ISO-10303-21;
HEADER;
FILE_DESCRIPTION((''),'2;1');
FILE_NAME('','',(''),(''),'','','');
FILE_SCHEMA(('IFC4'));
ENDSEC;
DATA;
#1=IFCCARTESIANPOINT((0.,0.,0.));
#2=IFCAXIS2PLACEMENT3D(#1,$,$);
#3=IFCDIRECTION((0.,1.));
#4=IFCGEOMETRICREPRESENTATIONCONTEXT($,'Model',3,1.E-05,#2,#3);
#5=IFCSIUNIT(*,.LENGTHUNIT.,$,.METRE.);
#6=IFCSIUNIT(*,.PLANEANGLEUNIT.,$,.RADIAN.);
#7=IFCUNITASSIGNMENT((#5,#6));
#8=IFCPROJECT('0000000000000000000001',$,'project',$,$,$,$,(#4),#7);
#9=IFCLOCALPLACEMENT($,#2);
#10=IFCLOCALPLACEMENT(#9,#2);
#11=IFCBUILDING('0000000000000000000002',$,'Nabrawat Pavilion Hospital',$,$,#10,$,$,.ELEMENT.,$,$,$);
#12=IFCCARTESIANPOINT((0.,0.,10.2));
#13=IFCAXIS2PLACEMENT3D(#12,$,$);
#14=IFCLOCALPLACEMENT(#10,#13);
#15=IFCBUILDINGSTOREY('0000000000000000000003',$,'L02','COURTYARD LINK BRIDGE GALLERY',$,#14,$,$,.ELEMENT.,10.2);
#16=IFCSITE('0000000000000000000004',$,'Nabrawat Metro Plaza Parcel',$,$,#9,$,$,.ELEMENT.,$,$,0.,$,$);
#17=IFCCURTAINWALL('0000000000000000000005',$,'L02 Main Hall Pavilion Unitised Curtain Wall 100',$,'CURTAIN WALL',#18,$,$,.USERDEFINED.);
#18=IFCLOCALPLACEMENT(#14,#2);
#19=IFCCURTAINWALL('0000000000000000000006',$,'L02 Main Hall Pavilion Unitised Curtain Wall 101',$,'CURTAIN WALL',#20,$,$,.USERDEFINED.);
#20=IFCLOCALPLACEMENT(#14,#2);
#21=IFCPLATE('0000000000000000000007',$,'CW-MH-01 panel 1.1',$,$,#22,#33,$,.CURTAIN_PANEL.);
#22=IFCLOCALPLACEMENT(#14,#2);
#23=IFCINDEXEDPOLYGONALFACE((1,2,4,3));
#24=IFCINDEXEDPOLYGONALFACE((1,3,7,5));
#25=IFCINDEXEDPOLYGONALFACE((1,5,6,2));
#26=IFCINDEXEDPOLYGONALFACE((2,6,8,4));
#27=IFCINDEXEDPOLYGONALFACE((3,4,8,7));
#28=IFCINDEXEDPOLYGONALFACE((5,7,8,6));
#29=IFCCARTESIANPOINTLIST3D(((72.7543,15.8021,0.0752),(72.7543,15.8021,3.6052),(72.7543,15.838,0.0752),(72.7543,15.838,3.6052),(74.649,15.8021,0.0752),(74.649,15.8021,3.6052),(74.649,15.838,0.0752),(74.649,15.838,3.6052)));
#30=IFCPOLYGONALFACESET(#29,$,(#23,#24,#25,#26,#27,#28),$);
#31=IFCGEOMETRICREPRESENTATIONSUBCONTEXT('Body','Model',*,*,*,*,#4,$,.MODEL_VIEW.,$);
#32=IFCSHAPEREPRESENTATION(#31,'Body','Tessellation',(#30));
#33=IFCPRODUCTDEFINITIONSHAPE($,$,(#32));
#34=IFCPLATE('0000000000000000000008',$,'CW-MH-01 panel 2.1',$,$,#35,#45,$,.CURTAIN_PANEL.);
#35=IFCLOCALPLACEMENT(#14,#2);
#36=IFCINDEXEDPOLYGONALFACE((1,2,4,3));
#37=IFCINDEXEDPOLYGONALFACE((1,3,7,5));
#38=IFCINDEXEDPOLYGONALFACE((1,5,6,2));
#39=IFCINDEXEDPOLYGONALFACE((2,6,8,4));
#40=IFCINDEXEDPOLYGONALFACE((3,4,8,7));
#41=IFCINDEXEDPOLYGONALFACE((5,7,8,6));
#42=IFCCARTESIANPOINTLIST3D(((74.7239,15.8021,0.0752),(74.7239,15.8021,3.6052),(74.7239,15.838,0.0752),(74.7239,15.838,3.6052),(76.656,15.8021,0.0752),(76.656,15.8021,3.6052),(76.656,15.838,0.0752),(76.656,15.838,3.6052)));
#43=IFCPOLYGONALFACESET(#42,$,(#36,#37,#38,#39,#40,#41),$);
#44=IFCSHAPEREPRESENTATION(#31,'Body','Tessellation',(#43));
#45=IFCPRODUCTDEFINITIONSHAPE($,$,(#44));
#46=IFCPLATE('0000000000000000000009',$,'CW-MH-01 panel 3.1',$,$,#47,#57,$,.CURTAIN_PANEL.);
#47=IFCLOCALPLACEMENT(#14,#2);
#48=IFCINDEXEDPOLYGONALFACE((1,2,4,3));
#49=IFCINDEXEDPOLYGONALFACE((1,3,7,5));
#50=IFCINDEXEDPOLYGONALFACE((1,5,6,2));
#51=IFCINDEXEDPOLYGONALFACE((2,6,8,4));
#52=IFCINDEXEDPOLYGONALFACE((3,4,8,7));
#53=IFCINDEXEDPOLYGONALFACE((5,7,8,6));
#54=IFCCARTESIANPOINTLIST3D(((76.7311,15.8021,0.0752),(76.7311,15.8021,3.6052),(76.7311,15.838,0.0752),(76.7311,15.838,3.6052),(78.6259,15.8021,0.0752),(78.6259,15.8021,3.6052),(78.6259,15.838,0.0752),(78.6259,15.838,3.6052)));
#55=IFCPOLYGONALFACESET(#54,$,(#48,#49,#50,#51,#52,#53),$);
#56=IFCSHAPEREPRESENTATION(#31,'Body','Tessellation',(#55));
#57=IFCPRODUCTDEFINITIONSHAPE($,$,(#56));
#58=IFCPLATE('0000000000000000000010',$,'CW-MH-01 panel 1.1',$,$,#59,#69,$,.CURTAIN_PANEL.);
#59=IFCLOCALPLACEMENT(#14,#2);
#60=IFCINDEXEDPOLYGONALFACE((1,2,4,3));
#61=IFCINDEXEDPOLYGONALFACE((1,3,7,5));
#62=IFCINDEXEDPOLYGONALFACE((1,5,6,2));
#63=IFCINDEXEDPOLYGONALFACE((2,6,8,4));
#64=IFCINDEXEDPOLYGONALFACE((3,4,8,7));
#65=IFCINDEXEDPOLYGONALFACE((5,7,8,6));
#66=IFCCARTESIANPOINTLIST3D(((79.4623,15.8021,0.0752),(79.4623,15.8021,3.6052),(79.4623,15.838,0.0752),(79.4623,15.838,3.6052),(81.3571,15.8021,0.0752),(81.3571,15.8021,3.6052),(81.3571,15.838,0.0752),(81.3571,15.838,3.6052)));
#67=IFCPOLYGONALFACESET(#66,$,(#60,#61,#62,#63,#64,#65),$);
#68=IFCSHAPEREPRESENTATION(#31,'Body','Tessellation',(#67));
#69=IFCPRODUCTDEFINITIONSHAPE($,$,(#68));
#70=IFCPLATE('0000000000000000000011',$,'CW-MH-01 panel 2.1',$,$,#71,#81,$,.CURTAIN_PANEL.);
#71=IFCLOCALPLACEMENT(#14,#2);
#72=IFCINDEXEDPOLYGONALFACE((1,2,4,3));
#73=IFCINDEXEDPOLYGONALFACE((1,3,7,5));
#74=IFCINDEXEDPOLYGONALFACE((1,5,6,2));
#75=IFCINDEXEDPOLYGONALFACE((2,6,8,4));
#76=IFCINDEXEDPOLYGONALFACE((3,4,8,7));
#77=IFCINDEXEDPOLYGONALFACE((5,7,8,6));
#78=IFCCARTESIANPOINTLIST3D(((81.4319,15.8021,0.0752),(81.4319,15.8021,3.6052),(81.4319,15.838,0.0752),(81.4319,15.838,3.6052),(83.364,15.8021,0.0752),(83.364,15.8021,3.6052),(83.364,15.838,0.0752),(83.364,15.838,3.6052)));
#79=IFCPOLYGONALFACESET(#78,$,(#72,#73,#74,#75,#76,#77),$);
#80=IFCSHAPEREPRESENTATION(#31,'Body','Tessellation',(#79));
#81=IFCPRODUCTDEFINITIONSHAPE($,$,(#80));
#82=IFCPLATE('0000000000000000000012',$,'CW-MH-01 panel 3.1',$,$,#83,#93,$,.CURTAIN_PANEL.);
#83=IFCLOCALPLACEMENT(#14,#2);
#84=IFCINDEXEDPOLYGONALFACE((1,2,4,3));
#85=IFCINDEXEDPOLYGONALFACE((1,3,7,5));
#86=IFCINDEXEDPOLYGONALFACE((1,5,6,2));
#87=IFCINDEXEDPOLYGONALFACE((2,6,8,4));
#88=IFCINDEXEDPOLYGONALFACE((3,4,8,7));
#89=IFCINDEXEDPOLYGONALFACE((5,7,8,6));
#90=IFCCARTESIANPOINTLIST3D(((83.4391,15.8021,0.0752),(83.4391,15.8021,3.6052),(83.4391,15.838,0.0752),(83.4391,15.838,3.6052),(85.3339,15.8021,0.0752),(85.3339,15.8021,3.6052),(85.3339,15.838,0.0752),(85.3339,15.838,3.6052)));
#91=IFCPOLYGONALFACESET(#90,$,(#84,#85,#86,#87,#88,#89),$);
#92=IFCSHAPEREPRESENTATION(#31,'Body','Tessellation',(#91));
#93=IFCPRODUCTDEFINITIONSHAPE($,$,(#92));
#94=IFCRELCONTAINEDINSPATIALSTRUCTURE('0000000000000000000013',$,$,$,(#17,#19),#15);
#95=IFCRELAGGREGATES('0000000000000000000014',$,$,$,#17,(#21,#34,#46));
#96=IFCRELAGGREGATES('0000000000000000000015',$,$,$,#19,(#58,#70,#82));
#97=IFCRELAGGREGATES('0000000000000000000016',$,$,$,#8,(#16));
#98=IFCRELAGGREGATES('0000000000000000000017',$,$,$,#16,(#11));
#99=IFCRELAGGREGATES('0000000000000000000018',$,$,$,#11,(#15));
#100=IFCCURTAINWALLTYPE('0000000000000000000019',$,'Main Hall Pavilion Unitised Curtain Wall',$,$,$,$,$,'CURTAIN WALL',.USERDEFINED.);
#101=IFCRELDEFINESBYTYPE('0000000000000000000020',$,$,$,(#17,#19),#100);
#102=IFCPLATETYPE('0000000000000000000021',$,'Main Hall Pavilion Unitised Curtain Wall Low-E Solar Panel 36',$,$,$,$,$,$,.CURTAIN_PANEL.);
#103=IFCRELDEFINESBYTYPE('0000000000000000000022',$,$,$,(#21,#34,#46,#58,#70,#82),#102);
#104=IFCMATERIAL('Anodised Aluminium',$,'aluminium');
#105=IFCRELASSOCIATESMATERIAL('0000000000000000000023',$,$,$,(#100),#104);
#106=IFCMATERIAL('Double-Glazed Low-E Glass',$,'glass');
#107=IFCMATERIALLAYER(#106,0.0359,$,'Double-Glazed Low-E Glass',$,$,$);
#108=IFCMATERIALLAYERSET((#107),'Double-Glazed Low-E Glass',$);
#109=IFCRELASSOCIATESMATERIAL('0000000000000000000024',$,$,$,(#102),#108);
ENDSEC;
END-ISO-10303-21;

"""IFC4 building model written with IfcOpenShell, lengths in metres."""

from ifc_helpers import new_model, si_unit, direction, frame, origin, origin_2d, place, context, subcontext, project, spatial, rectangle, extrude, material, layer, layer_set, type_object, element, aggregate, save


model = new_model("IFC4")

# Units and contexts
model_context = context("Model", 3, precision=1e-05, world=origin(), true_north=direction((0.0, 1.0)))
body_context = subcontext(model_context, "Body", "Model", "MODEL_VIEW")
ifc_project = project(units=[si_unit("LENGTHUNIT", "METRE"), si_unit("PLANEANGLEUNIT", "RADIAN")], contexts=[model_context])

# Site, building, storey
site_placement = place(None, origin())
site = spatial("IfcSite", under=ifc_project, at=site_placement, Name="Nabrawat Metro Plaza Parcel", CompositionType="ELEMENT", RefElevation=0.0)
building_placement = place(site_placement, origin())
building = spatial("IfcBuilding", under=site, at=building_placement, Name="Nabrawat Pavilion Hospital", CompositionType="ELEMENT")
storey_placement = place(building_placement, frame((0.0, 0.0, 10.2)))
storey = spatial("IfcBuildingStorey", under=building, at=storey_placement, Name="L02", Description="COURTYARD LINK BRIDGE GALLERY", CompositionType="ELEMENT", Elevation=10.2)

# Shared definitions
ifc_material_1 = material(Name="Anodised Aluminium", Category="aluminium")
curtain_wall_type = type_object("IfcCurtainWallType", Name="Main Hall Pavilion Unitised Curtain Wall", ElementType="CURTAIN WALL", PredefinedType="USERDEFINED", material=ifc_material_1)

# Curtain walls
curtain_wall_1_placement = place(storey_placement, origin())
curtain_wall_1 = element("IfcCurtainWall", 1, at=curtain_wall_1_placement, inside=storey, type_object=curtain_wall_type, Name="L02 Main Hall Pavilion Unitised Curtain Wall 100", ObjectType="CURTAIN WALL", PredefinedType="USERDEFINED")
curtain_wall_2_placement = place(storey_placement, origin())
curtain_wall_2 = element("IfcCurtainWall", 2, at=curtain_wall_2_placement, inside=storey, type_object=curtain_wall_type, Name="L02 Main Hall Pavilion Unitised Curtain Wall 101", ObjectType="CURTAIN WALL", PredefinedType="USERDEFINED")

# Plates
ifc_material_2 = material(Name="Double-Glazed Low-E Glass", Category="glass")
ifc_layer = layer(ifc_material_2, 0.0359, Name="Double-Glazed Low-E Glass")
ifc_layer_set = layer_set([ifc_layer], Name="Double-Glazed Low-E Glass")
plate_type = type_object("IfcPlateType", Name="Main Hall Pavilion Unitised Curtain Wall Low-E Solar Panel 36", PredefinedType="CURTAIN_PANEL", material=ifc_layer_set)
plate_1_placement = place(storey_placement, frame((73.7017, 15.8201, 0.0752), z_axis=(0.0, 0.0, 1.0), x_axis=(1.0, 0.0, 0.0)))
plate_1 = element("IfcPlate", 3, at=plate_1_placement, type_object=plate_type, Name="CW-MH-01 panel 1.1", PredefinedType="CURTAIN_PANEL", context=body_context, shape_type="SweptSolid", body=[
    extrude(rectangle(XDim=1.8948, YDim=0.0359, at=origin_2d()), origin(), (0.0, 0.0, 1.0), 3.53),
])
plate_2_placement = place(storey_placement, frame((75.6899, 15.8201, 0.0752), z_axis=(0.0, 0.0, 1.0), x_axis=(1.0, 0.0, 0.0)))
plate_2 = element("IfcPlate", 4, at=plate_2_placement, type_object=plate_type, Name="CW-MH-01 panel 2.1", PredefinedType="CURTAIN_PANEL", context=body_context, shape_type="SweptSolid", body=[
    extrude(rectangle(XDim=1.9321, YDim=0.0359, at=origin_2d()), origin(), (0.0, 0.0, 1.0), 3.53),
])
plate_3_placement = place(storey_placement, frame((77.6785, 15.8201, 0.0752), z_axis=(0.0, 0.0, 1.0), x_axis=(1.0, 0.0, 0.0)))
plate_3 = element("IfcPlate", 5, at=plate_3_placement, type_object=plate_type, Name="CW-MH-01 panel 3.1", PredefinedType="CURTAIN_PANEL", context=body_context, shape_type="SweptSolid", body=[
    extrude(rectangle(XDim=1.8948, YDim=0.0359, at=origin_2d()), origin(), (0.0, 0.0, 1.0), 3.53),
])
aggregate(curtain_wall_1, [plate_1, plate_2, plate_3])
plate_4_placement = place(storey_placement, frame((80.4097, 15.8201, 0.0752), z_axis=(0.0, 0.0, 1.0), x_axis=(1.0, 0.0, 0.0)))
plate_4 = element("IfcPlate", 6, at=plate_4_placement, type_object=plate_type, Name="CW-MH-01 panel 1.1", PredefinedType="CURTAIN_PANEL", context=body_context, shape_type="SweptSolid", body=[
    extrude(rectangle(XDim=1.8948, YDim=0.0359, at=origin_2d()), origin(), (0.0, 0.0, 1.0), 3.53),
])
plate_5_placement = place(storey_placement, frame((82.3979, 15.8201, 0.0752), z_axis=(0.0, 0.0, 1.0), x_axis=(1.0, 0.0, 0.0)))
plate_5 = element("IfcPlate", 7, at=plate_5_placement, type_object=plate_type, Name="CW-MH-01 panel 2.1", PredefinedType="CURTAIN_PANEL", context=body_context, shape_type="SweptSolid", body=[
    extrude(rectangle(XDim=1.9321, YDim=0.0359, at=origin_2d()), origin(), (0.0, 0.0, 1.0), 3.53),
])
plate_6_placement = place(storey_placement, frame((84.3865, 15.8201, 0.0752), z_axis=(0.0, 0.0, 1.0), x_axis=(1.0, 0.0, 0.0)))
plate_6 = element("IfcPlate", 8, at=plate_6_placement, type_object=plate_type, Name="CW-MH-01 panel 3.1", PredefinedType="CURTAIN_PANEL", context=body_context, shape_type="SweptSolid", body=[
    extrude(rectangle(XDim=1.8948, YDim=0.0359, at=origin_2d()), origin(), (0.0, 0.0, 1.0), 3.53),
])
aggregate(curtain_wall_2, [plate_4, plate_5, plate_6])

save(model, "model.ifc")
